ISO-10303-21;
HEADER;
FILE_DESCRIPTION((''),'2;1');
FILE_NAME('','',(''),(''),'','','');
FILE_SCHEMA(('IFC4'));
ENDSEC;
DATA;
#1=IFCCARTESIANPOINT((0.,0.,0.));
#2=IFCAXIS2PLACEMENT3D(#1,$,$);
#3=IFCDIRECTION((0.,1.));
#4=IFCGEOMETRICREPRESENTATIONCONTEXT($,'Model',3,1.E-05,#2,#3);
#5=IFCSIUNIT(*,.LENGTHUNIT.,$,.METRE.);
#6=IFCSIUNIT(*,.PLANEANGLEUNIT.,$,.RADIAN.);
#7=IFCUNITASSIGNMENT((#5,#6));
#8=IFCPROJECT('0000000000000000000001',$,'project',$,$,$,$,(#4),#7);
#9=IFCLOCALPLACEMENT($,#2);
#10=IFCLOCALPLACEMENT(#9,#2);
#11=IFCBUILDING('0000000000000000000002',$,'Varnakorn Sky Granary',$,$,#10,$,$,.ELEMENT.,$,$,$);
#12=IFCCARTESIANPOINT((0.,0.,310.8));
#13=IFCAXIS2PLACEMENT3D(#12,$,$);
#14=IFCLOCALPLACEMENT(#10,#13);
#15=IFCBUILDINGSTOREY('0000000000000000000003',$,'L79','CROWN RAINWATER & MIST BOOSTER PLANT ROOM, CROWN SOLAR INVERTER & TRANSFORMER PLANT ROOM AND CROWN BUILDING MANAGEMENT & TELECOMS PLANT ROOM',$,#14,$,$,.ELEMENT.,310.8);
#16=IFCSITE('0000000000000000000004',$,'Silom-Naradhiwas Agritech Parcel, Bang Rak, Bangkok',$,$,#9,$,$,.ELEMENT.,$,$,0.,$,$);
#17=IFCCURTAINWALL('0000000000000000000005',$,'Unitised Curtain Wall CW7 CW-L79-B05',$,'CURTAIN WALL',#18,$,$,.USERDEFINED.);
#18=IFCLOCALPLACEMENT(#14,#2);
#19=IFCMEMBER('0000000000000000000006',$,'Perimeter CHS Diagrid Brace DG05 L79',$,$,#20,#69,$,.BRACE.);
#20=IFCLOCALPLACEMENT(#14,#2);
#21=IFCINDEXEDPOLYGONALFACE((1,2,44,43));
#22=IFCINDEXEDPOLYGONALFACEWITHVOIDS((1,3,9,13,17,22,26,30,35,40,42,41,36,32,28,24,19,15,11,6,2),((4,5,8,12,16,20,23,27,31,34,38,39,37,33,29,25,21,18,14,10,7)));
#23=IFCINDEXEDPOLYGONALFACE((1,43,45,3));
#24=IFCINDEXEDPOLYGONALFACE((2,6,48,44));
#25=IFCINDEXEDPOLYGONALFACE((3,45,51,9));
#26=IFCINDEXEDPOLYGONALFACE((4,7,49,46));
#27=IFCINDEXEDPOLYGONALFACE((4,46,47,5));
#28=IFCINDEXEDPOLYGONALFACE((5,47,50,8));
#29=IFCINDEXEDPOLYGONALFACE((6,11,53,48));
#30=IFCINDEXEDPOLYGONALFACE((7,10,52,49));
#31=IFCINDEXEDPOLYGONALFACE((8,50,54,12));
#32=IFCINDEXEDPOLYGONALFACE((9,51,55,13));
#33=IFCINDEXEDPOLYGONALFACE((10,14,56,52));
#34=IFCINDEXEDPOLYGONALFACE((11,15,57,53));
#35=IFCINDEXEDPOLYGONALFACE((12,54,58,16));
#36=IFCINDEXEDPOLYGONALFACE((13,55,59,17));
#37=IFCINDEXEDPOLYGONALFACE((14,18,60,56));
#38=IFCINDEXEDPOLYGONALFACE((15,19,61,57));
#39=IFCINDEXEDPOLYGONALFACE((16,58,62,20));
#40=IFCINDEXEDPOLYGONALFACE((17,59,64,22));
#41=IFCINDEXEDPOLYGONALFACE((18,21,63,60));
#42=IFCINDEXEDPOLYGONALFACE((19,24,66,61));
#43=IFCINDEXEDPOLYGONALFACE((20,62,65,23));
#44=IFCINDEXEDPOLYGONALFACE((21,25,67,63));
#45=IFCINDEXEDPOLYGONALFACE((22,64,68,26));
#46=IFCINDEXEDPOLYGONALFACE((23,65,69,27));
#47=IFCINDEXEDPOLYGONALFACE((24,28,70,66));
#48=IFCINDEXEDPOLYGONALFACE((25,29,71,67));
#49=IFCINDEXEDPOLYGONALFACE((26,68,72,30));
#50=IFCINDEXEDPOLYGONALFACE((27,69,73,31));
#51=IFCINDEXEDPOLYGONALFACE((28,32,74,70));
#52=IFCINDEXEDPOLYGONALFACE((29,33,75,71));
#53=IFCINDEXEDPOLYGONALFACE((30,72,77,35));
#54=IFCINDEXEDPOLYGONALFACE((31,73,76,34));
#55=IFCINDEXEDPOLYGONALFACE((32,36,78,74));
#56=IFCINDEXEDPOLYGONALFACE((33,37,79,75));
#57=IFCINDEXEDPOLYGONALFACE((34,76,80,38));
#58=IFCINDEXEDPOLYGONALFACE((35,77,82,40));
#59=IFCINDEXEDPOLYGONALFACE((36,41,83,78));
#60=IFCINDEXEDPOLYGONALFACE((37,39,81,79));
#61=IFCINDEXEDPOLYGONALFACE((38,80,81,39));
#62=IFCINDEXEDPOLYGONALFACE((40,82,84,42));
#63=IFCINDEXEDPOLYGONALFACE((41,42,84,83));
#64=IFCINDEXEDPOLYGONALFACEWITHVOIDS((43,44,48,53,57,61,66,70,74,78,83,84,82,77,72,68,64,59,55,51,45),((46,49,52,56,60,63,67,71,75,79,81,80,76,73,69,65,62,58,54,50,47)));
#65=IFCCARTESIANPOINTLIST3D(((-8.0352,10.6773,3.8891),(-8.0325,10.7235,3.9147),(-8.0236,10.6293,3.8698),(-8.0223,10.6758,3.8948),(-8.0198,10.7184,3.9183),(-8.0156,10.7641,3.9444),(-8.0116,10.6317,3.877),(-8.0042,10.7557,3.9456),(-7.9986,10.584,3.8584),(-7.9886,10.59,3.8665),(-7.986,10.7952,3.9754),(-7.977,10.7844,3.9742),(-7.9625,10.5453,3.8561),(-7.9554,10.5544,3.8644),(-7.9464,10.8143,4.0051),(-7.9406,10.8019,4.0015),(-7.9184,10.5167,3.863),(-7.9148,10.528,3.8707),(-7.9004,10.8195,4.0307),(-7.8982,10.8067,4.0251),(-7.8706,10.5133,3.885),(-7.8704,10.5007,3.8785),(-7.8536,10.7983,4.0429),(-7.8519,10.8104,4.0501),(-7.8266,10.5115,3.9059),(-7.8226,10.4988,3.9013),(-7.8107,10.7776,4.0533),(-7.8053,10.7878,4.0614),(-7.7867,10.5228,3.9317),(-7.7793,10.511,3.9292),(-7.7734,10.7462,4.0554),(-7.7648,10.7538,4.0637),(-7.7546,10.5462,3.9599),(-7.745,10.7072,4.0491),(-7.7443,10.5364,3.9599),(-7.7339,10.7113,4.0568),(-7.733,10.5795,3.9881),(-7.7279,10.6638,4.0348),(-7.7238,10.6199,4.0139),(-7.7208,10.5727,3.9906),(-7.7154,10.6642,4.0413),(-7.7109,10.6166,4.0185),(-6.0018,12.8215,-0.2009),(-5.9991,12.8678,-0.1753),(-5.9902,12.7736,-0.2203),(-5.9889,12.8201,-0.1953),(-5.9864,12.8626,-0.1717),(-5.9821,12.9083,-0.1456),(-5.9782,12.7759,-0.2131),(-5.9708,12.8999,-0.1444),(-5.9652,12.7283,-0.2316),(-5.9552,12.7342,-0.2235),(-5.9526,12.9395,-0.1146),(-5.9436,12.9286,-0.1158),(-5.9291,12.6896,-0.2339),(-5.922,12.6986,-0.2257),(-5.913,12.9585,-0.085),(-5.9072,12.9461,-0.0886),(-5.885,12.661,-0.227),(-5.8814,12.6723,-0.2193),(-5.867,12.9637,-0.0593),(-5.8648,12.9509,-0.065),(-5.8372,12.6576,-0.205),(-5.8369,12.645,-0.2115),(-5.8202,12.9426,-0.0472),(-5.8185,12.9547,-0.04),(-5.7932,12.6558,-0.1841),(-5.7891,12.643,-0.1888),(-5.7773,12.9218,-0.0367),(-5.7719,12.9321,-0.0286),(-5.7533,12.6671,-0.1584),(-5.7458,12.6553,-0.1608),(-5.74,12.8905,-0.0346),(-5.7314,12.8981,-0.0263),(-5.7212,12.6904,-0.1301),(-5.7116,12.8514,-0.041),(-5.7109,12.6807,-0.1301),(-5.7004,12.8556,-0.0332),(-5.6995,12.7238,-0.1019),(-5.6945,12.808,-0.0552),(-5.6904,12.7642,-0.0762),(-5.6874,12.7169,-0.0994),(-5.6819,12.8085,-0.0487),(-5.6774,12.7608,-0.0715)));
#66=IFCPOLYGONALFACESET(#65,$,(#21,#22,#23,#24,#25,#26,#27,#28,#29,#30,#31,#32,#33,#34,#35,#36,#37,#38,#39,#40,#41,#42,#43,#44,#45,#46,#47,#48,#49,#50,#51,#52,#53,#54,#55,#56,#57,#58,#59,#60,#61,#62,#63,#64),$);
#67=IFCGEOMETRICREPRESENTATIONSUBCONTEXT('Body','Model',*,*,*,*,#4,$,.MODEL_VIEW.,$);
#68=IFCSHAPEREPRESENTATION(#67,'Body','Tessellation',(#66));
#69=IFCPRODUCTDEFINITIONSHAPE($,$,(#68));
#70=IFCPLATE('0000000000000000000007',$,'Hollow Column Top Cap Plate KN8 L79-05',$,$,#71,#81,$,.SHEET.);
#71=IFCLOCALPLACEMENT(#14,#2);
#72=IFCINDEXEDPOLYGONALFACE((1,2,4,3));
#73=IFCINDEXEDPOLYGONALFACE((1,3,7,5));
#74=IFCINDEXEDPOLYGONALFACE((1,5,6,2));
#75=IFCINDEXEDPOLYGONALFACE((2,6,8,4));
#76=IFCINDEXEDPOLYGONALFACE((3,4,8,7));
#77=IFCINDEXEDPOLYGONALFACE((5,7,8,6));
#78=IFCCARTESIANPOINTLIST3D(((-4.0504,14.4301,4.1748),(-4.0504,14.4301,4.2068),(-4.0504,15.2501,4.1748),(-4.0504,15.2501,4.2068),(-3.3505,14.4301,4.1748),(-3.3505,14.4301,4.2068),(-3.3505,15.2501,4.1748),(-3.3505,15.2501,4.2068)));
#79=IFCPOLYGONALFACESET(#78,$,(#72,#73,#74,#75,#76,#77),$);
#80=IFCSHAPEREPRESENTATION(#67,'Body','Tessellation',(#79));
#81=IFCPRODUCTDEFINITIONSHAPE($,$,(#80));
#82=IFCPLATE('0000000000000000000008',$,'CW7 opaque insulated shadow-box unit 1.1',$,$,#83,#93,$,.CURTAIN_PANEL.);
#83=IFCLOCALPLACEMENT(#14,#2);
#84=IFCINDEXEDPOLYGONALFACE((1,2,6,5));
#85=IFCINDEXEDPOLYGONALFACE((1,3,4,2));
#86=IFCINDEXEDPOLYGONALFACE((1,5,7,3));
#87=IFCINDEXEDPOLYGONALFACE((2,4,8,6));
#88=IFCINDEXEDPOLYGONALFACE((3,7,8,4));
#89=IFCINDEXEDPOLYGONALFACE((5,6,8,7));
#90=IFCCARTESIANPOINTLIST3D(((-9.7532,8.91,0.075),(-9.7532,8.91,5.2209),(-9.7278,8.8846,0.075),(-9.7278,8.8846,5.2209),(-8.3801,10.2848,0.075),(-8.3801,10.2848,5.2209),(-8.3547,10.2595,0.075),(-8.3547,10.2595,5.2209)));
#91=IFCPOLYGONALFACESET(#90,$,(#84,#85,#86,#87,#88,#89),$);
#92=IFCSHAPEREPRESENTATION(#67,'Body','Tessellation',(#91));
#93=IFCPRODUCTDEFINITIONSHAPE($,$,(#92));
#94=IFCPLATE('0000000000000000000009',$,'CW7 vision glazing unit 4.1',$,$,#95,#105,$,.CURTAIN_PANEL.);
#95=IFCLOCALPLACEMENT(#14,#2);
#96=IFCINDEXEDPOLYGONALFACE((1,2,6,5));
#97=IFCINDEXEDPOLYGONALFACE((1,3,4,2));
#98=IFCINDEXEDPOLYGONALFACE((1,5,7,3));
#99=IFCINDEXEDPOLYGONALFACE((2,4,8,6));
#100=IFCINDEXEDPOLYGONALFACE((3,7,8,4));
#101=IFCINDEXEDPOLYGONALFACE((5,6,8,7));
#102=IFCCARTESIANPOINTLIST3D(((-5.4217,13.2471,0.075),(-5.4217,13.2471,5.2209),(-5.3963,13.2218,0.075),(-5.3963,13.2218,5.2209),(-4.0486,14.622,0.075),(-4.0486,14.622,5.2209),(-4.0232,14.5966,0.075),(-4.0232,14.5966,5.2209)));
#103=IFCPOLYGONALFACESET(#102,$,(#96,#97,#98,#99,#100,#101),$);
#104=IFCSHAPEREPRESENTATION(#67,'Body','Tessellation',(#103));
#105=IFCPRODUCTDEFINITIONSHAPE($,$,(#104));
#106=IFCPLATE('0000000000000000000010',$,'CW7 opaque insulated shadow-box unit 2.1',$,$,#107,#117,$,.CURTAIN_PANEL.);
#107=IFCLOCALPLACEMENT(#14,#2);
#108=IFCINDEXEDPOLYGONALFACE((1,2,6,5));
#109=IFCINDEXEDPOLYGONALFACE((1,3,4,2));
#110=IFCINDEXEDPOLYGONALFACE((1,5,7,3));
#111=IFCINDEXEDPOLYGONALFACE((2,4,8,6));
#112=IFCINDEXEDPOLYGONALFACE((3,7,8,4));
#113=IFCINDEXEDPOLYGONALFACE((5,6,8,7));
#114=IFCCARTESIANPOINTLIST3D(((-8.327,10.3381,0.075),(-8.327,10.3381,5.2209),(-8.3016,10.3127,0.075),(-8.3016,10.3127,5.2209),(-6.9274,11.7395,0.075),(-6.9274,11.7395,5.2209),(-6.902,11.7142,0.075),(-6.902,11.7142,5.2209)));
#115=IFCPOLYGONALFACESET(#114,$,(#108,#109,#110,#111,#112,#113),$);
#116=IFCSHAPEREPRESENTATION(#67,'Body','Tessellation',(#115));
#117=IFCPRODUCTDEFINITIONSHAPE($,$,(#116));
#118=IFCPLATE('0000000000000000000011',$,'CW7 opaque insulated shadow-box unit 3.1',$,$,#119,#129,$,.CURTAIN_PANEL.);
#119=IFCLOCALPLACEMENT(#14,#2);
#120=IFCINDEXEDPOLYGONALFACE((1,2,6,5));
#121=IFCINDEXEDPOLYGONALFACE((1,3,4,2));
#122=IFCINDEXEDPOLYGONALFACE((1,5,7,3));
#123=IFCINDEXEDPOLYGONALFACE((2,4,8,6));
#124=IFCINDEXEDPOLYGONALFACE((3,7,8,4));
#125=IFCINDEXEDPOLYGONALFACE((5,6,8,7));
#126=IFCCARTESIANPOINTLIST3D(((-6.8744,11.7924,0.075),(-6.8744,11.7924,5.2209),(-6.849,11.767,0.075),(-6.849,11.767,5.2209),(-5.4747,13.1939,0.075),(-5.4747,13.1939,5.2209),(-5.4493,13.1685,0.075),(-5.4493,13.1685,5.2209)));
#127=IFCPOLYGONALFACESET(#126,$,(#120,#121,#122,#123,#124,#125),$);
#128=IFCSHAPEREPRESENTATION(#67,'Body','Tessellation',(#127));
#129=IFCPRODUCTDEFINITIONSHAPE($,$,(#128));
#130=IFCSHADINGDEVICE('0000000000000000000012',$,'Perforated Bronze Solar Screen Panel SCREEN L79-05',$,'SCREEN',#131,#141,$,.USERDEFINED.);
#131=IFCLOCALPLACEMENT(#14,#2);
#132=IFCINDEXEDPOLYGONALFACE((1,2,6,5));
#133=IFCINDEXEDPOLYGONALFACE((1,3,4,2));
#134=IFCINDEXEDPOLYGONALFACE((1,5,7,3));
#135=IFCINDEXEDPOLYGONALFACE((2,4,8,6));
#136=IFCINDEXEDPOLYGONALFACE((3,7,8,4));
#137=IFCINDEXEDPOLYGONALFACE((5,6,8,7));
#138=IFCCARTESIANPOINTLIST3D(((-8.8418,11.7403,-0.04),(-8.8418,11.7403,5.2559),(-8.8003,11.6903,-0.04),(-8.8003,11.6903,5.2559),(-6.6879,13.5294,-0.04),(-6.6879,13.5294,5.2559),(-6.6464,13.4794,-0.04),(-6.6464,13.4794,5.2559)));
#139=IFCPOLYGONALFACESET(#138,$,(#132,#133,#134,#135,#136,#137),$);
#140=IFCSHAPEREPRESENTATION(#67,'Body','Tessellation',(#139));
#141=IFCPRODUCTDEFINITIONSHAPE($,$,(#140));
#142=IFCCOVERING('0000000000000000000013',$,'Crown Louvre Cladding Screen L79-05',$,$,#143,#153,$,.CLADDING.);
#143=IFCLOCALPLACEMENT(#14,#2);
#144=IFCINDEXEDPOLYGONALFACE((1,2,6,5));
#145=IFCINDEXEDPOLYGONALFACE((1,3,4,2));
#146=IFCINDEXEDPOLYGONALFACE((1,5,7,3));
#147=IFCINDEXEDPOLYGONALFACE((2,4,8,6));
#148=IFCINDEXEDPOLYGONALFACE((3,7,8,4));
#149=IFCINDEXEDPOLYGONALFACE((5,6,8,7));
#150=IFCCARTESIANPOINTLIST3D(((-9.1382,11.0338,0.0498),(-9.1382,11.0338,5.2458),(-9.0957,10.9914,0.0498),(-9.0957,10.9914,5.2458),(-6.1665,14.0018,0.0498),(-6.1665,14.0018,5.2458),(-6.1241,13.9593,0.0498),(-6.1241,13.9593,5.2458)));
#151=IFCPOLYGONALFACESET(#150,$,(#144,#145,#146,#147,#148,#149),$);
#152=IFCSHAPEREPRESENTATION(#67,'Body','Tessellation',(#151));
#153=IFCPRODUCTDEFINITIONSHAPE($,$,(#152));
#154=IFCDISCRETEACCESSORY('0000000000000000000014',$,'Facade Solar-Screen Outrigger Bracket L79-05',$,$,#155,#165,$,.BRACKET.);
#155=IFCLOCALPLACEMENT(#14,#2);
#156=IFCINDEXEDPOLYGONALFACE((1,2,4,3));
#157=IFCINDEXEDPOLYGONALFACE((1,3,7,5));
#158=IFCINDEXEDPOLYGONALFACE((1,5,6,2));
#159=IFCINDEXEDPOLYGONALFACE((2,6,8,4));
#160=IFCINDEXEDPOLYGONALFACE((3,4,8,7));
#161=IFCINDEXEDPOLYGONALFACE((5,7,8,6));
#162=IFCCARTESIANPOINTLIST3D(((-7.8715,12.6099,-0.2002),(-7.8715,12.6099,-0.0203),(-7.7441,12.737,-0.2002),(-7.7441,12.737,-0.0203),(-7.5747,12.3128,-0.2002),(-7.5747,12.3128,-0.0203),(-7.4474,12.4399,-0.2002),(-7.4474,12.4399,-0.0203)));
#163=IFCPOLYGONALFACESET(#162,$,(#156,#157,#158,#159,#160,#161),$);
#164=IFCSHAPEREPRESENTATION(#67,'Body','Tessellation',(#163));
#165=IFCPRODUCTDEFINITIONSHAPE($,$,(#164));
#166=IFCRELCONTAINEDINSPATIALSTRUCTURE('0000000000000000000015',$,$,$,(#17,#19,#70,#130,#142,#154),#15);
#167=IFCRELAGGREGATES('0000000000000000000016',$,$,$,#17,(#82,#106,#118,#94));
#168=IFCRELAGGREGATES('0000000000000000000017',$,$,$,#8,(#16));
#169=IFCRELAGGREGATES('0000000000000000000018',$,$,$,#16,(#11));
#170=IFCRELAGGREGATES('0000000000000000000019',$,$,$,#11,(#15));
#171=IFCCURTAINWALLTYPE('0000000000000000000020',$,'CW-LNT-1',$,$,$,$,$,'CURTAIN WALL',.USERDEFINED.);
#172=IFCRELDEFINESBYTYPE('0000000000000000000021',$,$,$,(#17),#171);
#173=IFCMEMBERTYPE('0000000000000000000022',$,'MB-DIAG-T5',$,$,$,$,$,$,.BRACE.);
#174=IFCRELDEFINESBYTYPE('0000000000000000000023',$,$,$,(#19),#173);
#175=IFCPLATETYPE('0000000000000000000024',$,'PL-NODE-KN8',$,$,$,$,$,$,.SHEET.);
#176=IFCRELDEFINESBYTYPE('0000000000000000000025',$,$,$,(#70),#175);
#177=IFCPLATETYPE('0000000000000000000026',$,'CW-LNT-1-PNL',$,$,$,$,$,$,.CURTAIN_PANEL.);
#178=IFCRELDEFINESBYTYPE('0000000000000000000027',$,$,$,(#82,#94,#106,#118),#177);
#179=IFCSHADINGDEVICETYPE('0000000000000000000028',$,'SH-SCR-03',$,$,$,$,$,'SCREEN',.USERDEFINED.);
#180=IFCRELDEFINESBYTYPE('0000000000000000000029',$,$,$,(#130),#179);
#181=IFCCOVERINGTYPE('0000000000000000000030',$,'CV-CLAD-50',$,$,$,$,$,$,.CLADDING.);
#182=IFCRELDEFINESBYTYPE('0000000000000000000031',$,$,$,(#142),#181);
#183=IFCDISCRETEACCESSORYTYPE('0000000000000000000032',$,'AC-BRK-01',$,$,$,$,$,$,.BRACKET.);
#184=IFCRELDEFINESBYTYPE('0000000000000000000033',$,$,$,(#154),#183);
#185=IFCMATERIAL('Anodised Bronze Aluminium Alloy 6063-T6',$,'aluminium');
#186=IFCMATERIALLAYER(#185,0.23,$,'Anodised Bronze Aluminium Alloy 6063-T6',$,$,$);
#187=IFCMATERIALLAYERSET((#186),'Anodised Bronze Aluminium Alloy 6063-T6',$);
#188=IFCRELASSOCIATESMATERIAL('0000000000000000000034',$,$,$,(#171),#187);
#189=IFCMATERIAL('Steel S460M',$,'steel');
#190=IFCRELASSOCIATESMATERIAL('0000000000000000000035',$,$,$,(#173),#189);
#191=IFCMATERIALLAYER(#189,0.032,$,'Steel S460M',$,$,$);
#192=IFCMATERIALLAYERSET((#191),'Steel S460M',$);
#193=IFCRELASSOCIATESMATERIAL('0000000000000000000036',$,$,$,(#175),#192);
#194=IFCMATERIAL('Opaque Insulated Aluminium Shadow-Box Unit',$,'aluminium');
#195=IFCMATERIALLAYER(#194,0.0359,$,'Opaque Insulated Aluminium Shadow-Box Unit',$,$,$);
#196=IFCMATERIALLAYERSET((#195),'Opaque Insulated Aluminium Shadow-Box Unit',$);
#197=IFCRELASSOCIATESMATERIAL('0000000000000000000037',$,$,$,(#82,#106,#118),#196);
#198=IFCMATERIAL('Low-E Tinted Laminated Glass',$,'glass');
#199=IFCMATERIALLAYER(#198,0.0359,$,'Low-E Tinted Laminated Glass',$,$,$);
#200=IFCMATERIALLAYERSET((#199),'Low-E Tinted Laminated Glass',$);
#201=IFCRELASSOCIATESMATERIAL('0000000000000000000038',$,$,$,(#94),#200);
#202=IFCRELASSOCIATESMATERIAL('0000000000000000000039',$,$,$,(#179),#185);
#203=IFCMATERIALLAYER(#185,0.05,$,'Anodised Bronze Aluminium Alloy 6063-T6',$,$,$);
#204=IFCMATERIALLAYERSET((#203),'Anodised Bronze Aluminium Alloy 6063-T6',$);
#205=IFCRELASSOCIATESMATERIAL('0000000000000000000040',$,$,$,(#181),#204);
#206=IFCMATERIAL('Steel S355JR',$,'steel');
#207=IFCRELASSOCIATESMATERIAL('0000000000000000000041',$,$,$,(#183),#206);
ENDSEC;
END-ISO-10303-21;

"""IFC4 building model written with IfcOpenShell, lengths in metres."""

from ifc_helpers import new_model, si_unit, direction, frame, origin, origin_2d, place, context, subcontext, project, spatial, rectangle, hollow_circle, extrude, source, transform, mapped, material, layer, layer_set, material_profile, profile_set, type_object, type_shapes, element, aggregate, save


model = new_model("IFC4")

# Units and contexts
model_context = context("Model", 3, precision=1e-05, world=origin(), true_north=direction((0.0, 1.0)))
body_context = subcontext(model_context, "Body", "Model", "MODEL_VIEW")
ifc_project = project(units=[si_unit("LENGTHUNIT", "METRE"), si_unit("PLANEANGLEUNIT", "RADIAN")], contexts=[model_context])

# Site, building, storey
site_placement = place(None, origin())
site = spatial("IfcSite", under=ifc_project, at=site_placement, Name="Silom-Naradhiwas Agritech Parcel, Bang Rak, Bangkok", CompositionType="ELEMENT", RefElevation=0.0)
building_placement = place(site_placement, origin())
building = spatial("IfcBuilding", under=site, at=building_placement, Name="Varnakorn Sky Granary", CompositionType="ELEMENT")
storey_placement = place(building_placement, frame((0.0, 0.0, 310.8)))
storey = spatial("IfcBuildingStorey", under=building, at=storey_placement, Name="L79", Description="CROWN RAINWATER & MIST BOOSTER PLANT ROOM, CROWN SOLAR INVERTER & TRANSFORMER PLANT ROOM AND CROWN BUILDING MANAGEMENT & TELECOMS PLANT ROOM", CompositionType="ELEMENT", Elevation=310.8)

# Shared definitions
ifc_material_1 = material(Name="Steel S460M", Category="steel")

# Shared definitions
ifc_material_2 = material(Name="Steel S355JR", Category="steel")

# Shared definitions
ifc_material_3 = material(Name="Anodised Bronze Aluminium Alloy 6063-T6", Category="aluminium")
ifc_layer_1 = layer(ifc_material_3, 0.23, Name="Anodised Bronze Aluminium Alloy 6063-T6")
ifc_layer_set_1 = layer_set([ifc_layer_1], Name="Anodised Bronze Aluminium Alloy 6063-T6")
curtain_wall_type = type_object("IfcCurtainWallType", Name="CW-LNT-1", ElementType="CURTAIN WALL", PredefinedType="USERDEFINED", material=ifc_layer_set_1)

# Curtain wall
curtain_wall_1_placement = place(storey_placement, origin())
curtain_wall_1 = element("IfcCurtainWall", 1, at=curtain_wall_1_placement, inside=storey, type_object=curtain_wall_type, Name="Unitised Curtain Wall CW7 CW-L79-B05", ObjectType="CURTAIN WALL", PredefinedType="USERDEFINED")

# Member
ifc_material_profile_1 = material_profile(ifc_material_1, hollow_circle(Radius=0.1777, WallThickness=0.0142, at=origin_2d()), Name="CHS 355.6x14")
ifc_profile_set_1 = profile_set([ifc_material_profile_1], Name="Steel S460M")
member_type_1 = type_object("IfcMemberType", Name="MB-DIAG-T5", PredefinedType="BRACE", material=ifc_profile_set_1)
member_1_placement = place(storey_placement, frame((-5.8398, 12.803, -0.1301), z_axis=(-0.402985, -0.424951, 0.810567), x_axis=(0.725612, -0.688104, 0.0)))
element("IfcMember", 2, at=member_1_placement, inside=storey, type_object=member_type_1, Name="Perimeter CHS Diagrid Brace DG05 L79", PredefinedType="BRACE", context=body_context, shape_type="SweptSolid", body=[
    extrude(hollow_circle(Radius=0.1777, WallThickness=0.0142, at=origin_2d()), origin(), (0.0, 0.0, 1.0), 5.0459),
])

# Plates
ifc_layer_2 = layer(ifc_material_1, 0.032, Name="Steel S460M")
ifc_layer_set_2 = layer_set([ifc_layer_2], Name="Steel S460M")
plate_type_1 = type_object("IfcPlateType", Name="PL-NODE-KN8", PredefinedType="SHEET", material=ifc_layer_set_2)
plate_1_placement = place(storey_placement, frame((-3.7004, 14.8401, 4.1748), z_axis=(0.0, 0.0, 1.0), x_axis=(1.0, 0.0, 0.0)))
element("IfcPlate", 3, at=plate_1_placement, inside=storey, type_object=plate_type_1, Name="Hollow Column Top Cap Plate KN8 L79-05", PredefinedType="SHEET", context=body_context, shape_type="SweptSolid", body=[
    extrude(rectangle(XDim=0.7, YDim=0.8201, at=origin_2d()), origin(), (0.0, 0.0, 1.0), 0.032),
])
ifc_material_4 = material(Name="Opaque Insulated Aluminium Shadow-Box Unit", Category="aluminium")
ifc_layer_3 = layer(ifc_material_4, 0.0359, Name="Opaque Insulated Aluminium Shadow-Box Unit")
ifc_layer_set_3 = layer_set([ifc_layer_3], Name="Opaque Insulated Aluminium Shadow-Box Unit")
plate_type_2 = type_object("IfcPlateType", Name="CW-LNT-1-PNL", PredefinedType="CURTAIN_PANEL")
shared_shape_1 = source(origin(), body_context, "Body", "SweptSolid", [
    extrude(rectangle(XDim=1.9431, YDim=0.0359, at=origin_2d()), origin(), (0.0, 0.0, 1.0), 5.146),
])
plate_2_placement = place(storey_placement, frame((-9.054, 9.5847, 0.075), z_axis=(0.0, 0.0, 1.0), x_axis=(0.706651, 0.707563, 0.0)))
plate_2 = element("IfcPlate", 4, at=plate_2_placement, type_object=plate_type_2, material=ifc_layer_set_3, Name="CW7 opaque insulated shadow-box unit 1.1", PredefinedType="CURTAIN_PANEL", context=body_context, shape_type="MappedRepresentation", body=[
    mapped(shared_shape_1, transform((0.0, 0.0, 0.0), x_axis=(1.0, 0.0, 0.0), y_axis=(0.0, 1.0, 0.0), z_axis=(0.0, 0.0, 1.0), scale=1.0)),
])
ifc_material_5 = material(Name="Low-E Tinted Laminated Glass", Category="glass")
ifc_layer_4 = layer(ifc_material_5, 0.0359, Name="Low-E Tinted Laminated Glass")
ifc_layer_set_4 = layer_set([ifc_layer_4], Name="Low-E Tinted Laminated Glass")
plate_3_placement = place(storey_placement, frame((-4.7224, 13.9219, 0.075), z_axis=(0.0, 0.0, 1.0), x_axis=(0.706651, 0.707563, 0.0)))
plate_3 = element("IfcPlate", 5, at=plate_3_placement, type_object=plate_type_2, material=ifc_layer_set_4, Name="CW7 vision glazing unit 4.1", PredefinedType="CURTAIN_PANEL", context=body_context, shape_type="MappedRepresentation", body=[
    mapped(shared_shape_1, transform((0.0, 0.0, 0.0), x_axis=(1.0, 0.0, 0.0), y_axis=(0.0, 1.0, 0.0), z_axis=(0.0, 0.0, 1.0), scale=1.0)),
])
shared_shape_2 = source(origin(), body_context, "Body", "SweptSolid", [
    extrude(rectangle(XDim=1.9807, YDim=0.0359, at=origin_2d()), origin(), (0.0, 0.0, 1.0), 5.146),
])
type_shapes(plate_type_2, [shared_shape_1, shared_shape_2])
plate_4_placement = place(storey_placement, frame((-7.6145, 11.0261, 0.075), z_axis=(0.0, 0.0, 1.0), x_axis=(0.706651, 0.707563, 0.0)))
plate_4 = element("IfcPlate", 6, at=plate_4_placement, type_object=plate_type_2, material=ifc_layer_set_3, Name="CW7 opaque insulated shadow-box unit 2.1", PredefinedType="CURTAIN_PANEL", context=body_context, shape_type="MappedRepresentation", body=[
    mapped(shared_shape_2, transform((0.0, 0.0, 0.0), x_axis=(1.0, 0.0, 0.0), y_axis=(0.0, 1.0, 0.0), z_axis=(0.0, 0.0, 1.0), scale=1.0)),
])
plate_5_placement = place(storey_placement, frame((-6.1619, 12.4805, 0.075), z_axis=(0.0, 0.0, 1.0), x_axis=(0.706651, 0.707563, 0.0)))
plate_5 = element("IfcPlate", 7, at=plate_5_placement, type_object=plate_type_2, material=ifc_layer_set_3, Name="CW7 opaque insulated shadow-box unit 3.1", PredefinedType="CURTAIN_PANEL", context=body_context, shape_type="MappedRepresentation", body=[
    mapped(shared_shape_2, transform((0.0, 0.0, 0.0), x_axis=(1.0, 0.0, 0.0), y_axis=(0.0, 1.0, 0.0), z_axis=(0.0, 0.0, 1.0), scale=1.0)),
])
aggregate(curtain_wall_1, [plate_2, plate_4, plate_5, plate_3])

# Shading device
shading_device_type = type_object("IfcShadingDeviceType", Name="SH-SCR-03", ElementType="SCREEN", PredefinedType="USERDEFINED", material=ifc_material_3)
shared_shape_3 = source(origin(), body_context, "Body", "SweptSolid", [
    extrude(rectangle(XDim=2.8, YDim=0.0649, at=origin_2d()), origin(), (0.0, 0.0, 1.0), 5.2959),
])
type_shapes(shading_device_type, [shared_shape_3])
shading_device_placement = place(storey_placement, frame((-7.7441, 12.6099, -0.04), z_axis=(0.0, 0.0, 1.0), x_axis=(-0.76924, -0.63896, 0.0)))
element("IfcShadingDevice", 8, at=shading_device_placement, inside=storey, type_object=shading_device_type, Name="Perforated Bronze Solar Screen Panel SCREEN L79-05", ObjectType="SCREEN", PredefinedType="USERDEFINED", context=body_context, shape_type="MappedRepresentation", body=[
    mapped(shared_shape_3, transform((0.0, 0.0, 0.0), x_axis=(1.0, 0.0, 0.0), y_axis=(0.0, 1.0, 0.0), z_axis=(0.0, 0.0, 1.0), scale=1.0)),
])

# Covering
ifc_layer_5 = layer(ifc_material_3, 0.05, Name="Anodised Bronze Aluminium Alloy 6063-T6")
ifc_layer_set_5 = layer_set([ifc_layer_5], Name="Anodised Bronze Aluminium Alloy 6063-T6")
covering_type = type_object("IfcCoveringType", Name="CV-CLAD-50", PredefinedType="CLADDING", material=ifc_layer_set_5)
shared_shape_4 = source(origin(), body_context, "Body", "SweptSolid", [
    extrude(rectangle(XDim=4.2, YDim=0.0601, at=origin_2d()), origin(), (0.0, 0.0, 1.0), 5.196),
])
type_shapes(covering_type, [shared_shape_4])
covering_placement = place(storey_placement, frame((-7.6311, 12.4966, 0.0498), z_axis=(0.0, 0.0, 1.0), x_axis=(-0.707547, -0.706666, 0.0)))
element("IfcCovering", 9, at=covering_placement, inside=storey, type_object=covering_type, Name="Crown Louvre Cladding Screen L79-05", PredefinedType="CLADDING", context=body_context, shape_type="MappedRepresentation", body=[
    mapped(shared_shape_4, transform((0.0, 0.0, 0.0), x_axis=(1.0, 0.0, 0.0), y_axis=(0.0, 1.0, 0.0), z_axis=(0.0, 0.0, 1.0), scale=1.0)),
])

# Discrete accessory
discrete_accessory_type = type_object("IfcDiscreteAccessoryType", Name="AC-BRK-01", PredefinedType="BRACKET", material=ifc_material_2)
shared_shape_5 = source(origin(), body_context, "Body", "SweptSolid", [
    extrude(rectangle(XDim=0.1799, YDim=0.4199, at=origin_2d()), origin(), (0.0, 0.0, 1.0), 0.1799),
])
type_shapes(discrete_accessory_type, [shared_shape_5])
discrete_accessory_placement = place(storey_placement, frame((-7.6594, 12.5249, -0.2002), z_axis=(0.0, 0.0, 1.0), x_axis=(-0.707547, -0.706666, 0.0)))
element("IfcDiscreteAccessory", 10, at=discrete_accessory_placement, inside=storey, type_object=discrete_accessory_type, Name="Facade Solar-Screen Outrigger Bracket L79-05", PredefinedType="BRACKET", context=body_context, shape_type="MappedRepresentation", body=[
    mapped(shared_shape_5, transform((0.0, 0.0, 0.0), x_axis=(1.0, 0.0, 0.0), y_axis=(0.0, 1.0, 0.0), z_axis=(0.0, 0.0, 1.0), scale=1.0)),
])

save(model, "model.ifc")
